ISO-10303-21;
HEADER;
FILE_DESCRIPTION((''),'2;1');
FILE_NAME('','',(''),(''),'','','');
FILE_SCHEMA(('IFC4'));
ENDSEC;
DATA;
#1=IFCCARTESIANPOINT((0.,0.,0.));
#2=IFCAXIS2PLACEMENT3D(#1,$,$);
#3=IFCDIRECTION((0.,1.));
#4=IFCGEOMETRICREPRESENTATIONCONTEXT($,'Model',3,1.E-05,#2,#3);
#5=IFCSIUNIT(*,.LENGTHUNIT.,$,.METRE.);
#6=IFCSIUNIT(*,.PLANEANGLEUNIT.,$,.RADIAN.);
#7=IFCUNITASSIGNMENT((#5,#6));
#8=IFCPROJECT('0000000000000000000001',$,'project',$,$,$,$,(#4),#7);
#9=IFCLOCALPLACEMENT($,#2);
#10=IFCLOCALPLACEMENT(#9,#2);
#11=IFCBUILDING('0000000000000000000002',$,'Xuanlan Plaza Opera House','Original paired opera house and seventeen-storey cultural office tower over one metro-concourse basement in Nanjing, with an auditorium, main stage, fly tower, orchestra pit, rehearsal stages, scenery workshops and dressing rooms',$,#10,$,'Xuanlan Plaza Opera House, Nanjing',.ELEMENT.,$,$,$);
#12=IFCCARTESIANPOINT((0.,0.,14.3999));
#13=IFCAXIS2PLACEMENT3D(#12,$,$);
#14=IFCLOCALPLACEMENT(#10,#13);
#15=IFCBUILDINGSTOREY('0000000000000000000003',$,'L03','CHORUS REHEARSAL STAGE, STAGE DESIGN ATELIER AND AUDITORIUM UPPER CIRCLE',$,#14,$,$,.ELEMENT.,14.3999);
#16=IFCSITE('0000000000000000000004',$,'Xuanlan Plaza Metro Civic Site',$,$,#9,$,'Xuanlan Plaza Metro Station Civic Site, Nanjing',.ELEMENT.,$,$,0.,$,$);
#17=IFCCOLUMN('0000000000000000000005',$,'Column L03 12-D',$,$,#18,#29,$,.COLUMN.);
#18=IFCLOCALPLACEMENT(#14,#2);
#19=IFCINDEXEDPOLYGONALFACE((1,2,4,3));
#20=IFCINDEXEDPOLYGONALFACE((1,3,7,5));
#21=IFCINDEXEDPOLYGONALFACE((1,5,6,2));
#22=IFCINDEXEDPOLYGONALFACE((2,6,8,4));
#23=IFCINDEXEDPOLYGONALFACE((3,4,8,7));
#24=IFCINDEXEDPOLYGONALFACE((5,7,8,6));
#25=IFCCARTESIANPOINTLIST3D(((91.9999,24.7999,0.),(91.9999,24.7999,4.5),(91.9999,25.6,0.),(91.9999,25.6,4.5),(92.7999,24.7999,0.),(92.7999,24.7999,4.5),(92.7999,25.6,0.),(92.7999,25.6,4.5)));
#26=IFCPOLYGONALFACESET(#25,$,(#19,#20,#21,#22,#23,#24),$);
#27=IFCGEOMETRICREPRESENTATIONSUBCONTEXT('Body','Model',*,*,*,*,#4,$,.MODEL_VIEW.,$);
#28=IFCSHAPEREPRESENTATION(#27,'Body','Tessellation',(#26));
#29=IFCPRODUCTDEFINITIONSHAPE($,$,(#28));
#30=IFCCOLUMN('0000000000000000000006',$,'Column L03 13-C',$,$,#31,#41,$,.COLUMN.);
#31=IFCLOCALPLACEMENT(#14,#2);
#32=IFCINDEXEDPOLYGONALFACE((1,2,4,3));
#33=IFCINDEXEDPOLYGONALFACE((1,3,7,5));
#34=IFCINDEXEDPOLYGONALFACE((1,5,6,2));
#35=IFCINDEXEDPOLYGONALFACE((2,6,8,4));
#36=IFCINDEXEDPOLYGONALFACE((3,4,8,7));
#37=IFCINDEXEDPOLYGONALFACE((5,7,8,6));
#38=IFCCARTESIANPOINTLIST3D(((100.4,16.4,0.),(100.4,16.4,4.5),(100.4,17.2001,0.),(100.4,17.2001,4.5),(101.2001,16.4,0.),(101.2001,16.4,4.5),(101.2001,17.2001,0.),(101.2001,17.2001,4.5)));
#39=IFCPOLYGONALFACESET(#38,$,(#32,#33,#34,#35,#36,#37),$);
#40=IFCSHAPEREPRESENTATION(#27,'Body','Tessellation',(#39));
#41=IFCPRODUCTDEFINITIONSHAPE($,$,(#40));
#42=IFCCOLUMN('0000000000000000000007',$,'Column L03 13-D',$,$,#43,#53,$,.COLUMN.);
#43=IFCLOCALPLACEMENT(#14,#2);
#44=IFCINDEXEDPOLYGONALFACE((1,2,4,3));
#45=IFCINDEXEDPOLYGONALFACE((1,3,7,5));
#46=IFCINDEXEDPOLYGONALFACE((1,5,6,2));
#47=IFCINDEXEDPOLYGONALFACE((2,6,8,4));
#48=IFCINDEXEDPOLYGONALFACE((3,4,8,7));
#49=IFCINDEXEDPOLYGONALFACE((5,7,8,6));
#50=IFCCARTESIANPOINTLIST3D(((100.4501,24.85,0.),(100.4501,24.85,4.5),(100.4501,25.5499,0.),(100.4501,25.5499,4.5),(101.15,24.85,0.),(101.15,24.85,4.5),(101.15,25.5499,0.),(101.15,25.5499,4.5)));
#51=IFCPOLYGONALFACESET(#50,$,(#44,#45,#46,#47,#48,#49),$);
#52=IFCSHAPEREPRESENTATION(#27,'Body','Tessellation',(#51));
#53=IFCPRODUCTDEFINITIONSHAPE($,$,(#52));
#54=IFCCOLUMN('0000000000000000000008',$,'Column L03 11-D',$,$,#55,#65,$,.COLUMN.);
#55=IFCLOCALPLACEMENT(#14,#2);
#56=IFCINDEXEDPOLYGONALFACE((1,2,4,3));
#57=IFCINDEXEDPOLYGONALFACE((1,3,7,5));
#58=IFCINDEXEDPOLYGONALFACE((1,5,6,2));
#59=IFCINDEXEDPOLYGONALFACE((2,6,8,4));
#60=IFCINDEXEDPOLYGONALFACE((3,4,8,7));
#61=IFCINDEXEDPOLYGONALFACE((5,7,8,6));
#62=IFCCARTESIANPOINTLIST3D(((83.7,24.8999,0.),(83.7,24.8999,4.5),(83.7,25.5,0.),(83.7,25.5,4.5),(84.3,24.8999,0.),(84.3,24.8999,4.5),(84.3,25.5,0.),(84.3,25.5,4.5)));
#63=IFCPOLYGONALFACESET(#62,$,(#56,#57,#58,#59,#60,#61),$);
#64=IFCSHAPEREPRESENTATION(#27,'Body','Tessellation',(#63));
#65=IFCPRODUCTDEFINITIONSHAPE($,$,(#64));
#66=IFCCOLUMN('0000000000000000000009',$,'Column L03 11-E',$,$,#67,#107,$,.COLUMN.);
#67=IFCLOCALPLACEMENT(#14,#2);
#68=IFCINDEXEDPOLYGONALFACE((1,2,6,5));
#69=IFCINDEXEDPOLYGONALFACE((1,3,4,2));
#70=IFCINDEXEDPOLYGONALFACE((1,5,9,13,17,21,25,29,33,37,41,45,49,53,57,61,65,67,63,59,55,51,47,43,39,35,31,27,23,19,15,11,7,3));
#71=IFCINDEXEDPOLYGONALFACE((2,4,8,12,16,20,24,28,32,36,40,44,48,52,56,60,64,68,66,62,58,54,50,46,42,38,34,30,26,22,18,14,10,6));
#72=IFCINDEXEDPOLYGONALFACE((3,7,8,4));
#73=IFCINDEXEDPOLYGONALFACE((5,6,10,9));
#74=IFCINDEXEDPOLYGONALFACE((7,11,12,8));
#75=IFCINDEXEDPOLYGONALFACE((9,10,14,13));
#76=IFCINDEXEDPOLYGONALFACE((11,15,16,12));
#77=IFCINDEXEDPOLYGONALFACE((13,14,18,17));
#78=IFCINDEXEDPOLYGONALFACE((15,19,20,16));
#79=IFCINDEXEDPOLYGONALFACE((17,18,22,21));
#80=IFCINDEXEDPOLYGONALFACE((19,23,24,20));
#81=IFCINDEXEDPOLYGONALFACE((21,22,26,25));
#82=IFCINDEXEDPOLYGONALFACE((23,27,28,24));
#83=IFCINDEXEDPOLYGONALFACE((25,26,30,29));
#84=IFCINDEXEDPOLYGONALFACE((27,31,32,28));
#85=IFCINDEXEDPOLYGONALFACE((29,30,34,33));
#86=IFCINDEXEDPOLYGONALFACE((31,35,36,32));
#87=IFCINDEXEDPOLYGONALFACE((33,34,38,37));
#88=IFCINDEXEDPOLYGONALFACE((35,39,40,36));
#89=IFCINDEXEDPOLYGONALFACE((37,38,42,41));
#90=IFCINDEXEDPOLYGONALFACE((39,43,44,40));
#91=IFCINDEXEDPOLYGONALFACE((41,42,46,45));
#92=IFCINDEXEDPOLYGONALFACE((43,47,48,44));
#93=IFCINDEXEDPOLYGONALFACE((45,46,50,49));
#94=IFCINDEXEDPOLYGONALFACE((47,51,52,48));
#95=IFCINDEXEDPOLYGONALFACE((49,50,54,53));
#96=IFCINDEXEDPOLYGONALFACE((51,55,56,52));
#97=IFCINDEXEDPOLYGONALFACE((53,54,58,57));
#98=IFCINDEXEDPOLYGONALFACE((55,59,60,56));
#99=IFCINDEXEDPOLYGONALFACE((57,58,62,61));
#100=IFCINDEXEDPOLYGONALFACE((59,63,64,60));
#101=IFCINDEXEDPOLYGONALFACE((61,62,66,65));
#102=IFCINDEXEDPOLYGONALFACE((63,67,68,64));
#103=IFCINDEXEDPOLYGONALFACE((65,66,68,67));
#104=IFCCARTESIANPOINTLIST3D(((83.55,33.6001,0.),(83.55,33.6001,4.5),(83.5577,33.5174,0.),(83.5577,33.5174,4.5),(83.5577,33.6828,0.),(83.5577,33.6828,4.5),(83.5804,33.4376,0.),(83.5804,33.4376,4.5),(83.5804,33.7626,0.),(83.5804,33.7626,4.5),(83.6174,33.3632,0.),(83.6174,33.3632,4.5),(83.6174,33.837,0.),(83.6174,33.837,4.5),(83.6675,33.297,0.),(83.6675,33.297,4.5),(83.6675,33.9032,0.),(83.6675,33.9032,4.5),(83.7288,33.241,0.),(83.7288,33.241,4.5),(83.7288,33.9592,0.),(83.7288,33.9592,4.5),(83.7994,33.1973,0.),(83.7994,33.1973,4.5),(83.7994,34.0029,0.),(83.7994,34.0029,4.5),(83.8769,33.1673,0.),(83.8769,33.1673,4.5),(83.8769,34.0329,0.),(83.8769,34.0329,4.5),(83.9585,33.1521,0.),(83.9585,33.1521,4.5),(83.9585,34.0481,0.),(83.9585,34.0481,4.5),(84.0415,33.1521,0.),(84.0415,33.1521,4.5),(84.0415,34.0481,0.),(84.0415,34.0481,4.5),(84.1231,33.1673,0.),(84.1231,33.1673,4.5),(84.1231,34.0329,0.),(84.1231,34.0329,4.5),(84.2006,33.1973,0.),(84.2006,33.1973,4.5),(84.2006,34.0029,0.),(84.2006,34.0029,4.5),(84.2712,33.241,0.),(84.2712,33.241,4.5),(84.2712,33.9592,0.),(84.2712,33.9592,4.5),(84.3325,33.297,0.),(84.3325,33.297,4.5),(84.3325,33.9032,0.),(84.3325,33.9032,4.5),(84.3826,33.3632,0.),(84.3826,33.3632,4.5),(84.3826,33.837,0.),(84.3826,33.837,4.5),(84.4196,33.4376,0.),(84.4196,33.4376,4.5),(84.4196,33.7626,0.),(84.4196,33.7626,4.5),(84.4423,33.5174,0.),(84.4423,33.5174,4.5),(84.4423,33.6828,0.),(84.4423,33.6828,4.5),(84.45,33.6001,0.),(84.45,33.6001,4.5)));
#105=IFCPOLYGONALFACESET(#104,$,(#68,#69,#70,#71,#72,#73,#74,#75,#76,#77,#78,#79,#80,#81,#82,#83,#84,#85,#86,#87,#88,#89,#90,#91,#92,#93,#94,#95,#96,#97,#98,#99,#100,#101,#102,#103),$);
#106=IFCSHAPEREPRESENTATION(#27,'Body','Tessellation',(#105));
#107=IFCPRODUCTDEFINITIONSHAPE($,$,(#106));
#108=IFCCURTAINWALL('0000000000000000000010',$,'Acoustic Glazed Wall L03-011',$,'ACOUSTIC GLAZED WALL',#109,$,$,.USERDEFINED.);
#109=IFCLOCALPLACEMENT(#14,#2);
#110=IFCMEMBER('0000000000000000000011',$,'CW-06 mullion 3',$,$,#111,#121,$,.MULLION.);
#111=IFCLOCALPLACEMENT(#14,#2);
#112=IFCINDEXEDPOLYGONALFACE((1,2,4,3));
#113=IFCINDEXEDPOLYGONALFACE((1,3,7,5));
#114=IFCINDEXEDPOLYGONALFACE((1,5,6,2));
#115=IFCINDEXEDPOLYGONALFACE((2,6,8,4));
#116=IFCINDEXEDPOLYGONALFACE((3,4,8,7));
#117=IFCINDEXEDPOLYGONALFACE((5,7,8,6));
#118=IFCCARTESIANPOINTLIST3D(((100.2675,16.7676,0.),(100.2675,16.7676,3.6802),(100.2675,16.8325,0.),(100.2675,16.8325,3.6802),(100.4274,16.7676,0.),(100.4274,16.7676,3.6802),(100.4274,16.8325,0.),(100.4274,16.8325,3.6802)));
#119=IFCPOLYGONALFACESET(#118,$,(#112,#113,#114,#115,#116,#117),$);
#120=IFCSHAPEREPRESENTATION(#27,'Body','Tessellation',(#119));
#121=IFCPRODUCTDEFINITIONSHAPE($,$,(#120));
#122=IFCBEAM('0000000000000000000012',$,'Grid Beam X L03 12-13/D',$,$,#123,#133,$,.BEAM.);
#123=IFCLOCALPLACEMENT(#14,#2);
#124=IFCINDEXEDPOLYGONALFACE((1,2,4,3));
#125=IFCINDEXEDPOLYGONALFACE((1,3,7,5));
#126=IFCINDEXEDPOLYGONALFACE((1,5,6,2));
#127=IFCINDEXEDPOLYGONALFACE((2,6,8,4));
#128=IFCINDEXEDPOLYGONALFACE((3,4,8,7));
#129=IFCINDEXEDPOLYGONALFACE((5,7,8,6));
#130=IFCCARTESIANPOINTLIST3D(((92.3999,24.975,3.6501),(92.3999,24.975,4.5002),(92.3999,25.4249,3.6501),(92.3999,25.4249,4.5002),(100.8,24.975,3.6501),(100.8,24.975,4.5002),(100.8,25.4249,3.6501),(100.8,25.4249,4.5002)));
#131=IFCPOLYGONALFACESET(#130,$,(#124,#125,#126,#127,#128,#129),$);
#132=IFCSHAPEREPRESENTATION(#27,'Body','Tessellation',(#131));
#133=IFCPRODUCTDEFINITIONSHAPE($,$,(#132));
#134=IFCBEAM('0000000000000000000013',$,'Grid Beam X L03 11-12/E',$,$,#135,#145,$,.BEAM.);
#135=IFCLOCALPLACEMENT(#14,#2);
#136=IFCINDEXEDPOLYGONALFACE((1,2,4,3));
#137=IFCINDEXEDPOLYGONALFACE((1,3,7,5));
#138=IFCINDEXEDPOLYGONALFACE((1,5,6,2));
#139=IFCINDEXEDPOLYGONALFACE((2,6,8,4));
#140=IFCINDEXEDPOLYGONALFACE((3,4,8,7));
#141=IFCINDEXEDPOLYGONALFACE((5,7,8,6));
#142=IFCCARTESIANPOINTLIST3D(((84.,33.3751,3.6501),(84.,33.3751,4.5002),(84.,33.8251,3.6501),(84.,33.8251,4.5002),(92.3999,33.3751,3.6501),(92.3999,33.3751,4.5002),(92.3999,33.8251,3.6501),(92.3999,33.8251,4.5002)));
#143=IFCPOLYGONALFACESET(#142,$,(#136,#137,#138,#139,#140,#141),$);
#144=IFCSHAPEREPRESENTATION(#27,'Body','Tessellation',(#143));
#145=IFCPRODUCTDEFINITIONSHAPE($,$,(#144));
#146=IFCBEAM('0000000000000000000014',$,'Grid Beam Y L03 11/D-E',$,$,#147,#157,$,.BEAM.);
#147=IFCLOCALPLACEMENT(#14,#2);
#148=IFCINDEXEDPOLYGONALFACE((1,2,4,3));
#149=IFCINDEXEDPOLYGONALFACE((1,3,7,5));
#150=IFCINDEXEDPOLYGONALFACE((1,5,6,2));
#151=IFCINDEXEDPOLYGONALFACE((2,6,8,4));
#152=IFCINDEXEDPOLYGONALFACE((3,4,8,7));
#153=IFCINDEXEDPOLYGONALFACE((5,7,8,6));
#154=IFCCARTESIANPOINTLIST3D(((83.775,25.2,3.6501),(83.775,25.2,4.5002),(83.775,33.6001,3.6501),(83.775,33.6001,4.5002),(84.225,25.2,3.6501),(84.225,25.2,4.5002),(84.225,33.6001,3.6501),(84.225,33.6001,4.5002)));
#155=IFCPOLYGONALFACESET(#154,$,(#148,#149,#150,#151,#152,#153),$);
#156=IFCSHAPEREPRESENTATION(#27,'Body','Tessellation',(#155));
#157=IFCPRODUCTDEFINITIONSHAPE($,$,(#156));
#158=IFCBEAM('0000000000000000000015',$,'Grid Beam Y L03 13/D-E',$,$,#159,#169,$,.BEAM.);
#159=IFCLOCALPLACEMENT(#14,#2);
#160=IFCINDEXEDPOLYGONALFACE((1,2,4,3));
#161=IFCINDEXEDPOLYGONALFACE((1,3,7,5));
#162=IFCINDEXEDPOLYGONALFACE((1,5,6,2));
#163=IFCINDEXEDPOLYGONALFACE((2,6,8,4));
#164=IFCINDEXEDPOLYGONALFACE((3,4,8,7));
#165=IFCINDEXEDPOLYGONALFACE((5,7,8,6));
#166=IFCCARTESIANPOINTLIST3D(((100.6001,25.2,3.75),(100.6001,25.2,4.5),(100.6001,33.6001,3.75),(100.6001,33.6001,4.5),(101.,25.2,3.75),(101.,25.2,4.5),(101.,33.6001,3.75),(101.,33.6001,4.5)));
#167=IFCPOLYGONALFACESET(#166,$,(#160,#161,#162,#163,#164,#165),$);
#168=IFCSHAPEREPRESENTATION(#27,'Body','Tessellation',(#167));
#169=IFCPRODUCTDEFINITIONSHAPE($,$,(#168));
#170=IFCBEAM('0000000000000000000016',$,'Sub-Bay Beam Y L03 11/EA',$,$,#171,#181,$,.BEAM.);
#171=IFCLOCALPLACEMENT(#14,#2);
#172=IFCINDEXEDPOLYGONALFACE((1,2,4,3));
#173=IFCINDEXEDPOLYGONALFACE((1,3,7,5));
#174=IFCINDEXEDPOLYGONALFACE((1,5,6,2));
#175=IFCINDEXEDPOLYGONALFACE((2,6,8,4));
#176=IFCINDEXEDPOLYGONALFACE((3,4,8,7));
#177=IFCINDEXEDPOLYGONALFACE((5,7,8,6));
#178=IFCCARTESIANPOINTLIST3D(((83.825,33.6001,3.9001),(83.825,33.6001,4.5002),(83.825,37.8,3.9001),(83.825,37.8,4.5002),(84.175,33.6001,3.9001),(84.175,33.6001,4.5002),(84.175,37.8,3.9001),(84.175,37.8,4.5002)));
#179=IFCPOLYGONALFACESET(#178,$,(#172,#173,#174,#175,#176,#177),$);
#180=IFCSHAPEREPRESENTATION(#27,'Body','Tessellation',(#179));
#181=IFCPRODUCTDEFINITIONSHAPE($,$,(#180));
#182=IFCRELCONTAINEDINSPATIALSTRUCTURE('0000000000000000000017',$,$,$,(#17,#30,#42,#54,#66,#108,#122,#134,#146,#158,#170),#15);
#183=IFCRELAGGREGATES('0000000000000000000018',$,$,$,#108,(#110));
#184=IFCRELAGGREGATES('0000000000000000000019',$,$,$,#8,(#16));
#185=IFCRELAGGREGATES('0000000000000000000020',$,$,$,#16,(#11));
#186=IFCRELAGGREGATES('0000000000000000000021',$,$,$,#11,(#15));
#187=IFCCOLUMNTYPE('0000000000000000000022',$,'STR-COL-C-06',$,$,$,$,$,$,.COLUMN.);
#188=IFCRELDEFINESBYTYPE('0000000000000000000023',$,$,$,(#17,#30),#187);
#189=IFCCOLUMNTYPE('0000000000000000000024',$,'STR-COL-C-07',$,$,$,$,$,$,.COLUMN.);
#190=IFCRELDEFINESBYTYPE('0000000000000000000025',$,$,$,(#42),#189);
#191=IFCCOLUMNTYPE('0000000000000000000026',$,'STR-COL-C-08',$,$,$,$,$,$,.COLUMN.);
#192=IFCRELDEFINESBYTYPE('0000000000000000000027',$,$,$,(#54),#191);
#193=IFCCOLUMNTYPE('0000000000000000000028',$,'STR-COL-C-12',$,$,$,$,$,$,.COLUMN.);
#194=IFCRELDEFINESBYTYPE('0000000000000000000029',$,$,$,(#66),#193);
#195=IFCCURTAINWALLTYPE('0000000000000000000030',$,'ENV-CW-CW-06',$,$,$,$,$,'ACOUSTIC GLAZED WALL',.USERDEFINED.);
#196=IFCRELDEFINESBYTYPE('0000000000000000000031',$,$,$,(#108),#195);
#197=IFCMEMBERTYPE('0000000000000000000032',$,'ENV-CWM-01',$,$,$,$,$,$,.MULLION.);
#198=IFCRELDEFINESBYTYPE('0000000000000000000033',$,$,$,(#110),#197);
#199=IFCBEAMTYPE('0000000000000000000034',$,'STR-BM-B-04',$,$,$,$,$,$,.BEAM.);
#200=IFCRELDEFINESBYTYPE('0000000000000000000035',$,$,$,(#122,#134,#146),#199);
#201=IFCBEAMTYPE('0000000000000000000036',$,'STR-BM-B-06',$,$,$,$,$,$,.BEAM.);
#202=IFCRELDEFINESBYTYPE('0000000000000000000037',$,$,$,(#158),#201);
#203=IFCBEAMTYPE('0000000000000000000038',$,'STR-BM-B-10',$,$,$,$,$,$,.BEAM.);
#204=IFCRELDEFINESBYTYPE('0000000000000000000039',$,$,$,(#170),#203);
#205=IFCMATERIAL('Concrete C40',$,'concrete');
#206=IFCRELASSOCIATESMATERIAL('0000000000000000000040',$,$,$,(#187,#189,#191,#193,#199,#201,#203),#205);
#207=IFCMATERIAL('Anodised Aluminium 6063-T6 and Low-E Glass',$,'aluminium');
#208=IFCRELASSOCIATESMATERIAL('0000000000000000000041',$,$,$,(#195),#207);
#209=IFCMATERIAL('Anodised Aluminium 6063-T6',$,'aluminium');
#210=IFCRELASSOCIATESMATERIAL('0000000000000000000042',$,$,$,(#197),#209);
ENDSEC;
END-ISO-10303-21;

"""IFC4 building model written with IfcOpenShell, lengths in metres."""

from ifc_helpers import new_model, si_unit, direction, frame, origin, origin_2d, place, context, subcontext, project, spatial, rectangle, circle, extrude, material, material_profile, profile_set, type_object, element, aggregate, save


model = new_model("IFC4")

# Units and contexts
model_context = context("Model", 3, precision=1e-05, world=origin(), true_north=direction((0.0, 1.0)))
body_context = subcontext(model_context, "Body", "Model", "MODEL_VIEW")
ifc_project = project(units=[si_unit("LENGTHUNIT", "METRE"), si_unit("PLANEANGLEUNIT", "RADIAN")], contexts=[model_context])

# Site, building, storey
site_placement = place(None, origin())
site = spatial("IfcSite", under=ifc_project, at=site_placement, Name="Xuanlan Plaza Metro Civic Site", LongName="Xuanlan Plaza Metro Station Civic Site, Nanjing", CompositionType="ELEMENT", RefElevation=0.0)
building_placement = place(site_placement, origin())
building = spatial("IfcBuilding", under=site, at=building_placement, Name="Xuanlan Plaza Opera House", Description="Original paired opera house and seventeen-storey cultural office tower over one metro-concourse basement in Nanjing, with an auditorium, main stage, fly tower, orchestra pit, rehearsal stages, scenery workshops and dressing rooms", LongName="Xuanlan Plaza Opera House, Nanjing", CompositionType="ELEMENT")
storey_placement = place(building_placement, frame((0.0, 0.0, 14.3999)))
storey = spatial("IfcBuildingStorey", under=building, at=storey_placement, Name="L03", Description="CHORUS REHEARSAL STAGE, STAGE DESIGN ATELIER AND AUDITORIUM UPPER CIRCLE", CompositionType="ELEMENT", Elevation=14.3999)

# Columns
ifc_material_1 = material(Name="Concrete C40", Category="concrete")
ifc_material_profile_1 = material_profile(ifc_material_1, rectangle(XDim=0.8, YDim=0.8, at=origin_2d()), Name="RC-COL 800x800")
ifc_profile_set_1 = profile_set([ifc_material_profile_1], Name="Concrete C40")
column_type_1 = type_object("IfcColumnType", Name="STR-COL-C-06", PredefinedType="COLUMN", material=ifc_profile_set_1)
for number, where, z_axis, x_axis, name in (
    (1, (92.3999, 25.2, 0.0), (0.0, 0.0, 1.0), (1.0, 0.0, 0.0), "Column L03 12-D"),
    (2, (100.8, 16.8, 0.0), (0.0, 0.0, 1.0), (1.0, 0.0, 0.0), "Column L03 13-C"),
):
    element("IfcColumn", number, at=place(storey_placement, frame(where, z_axis=z_axis, x_axis=x_axis)), inside=storey, type_object=column_type_1, Name=name, PredefinedType="COLUMN", context=body_context, shape_type="SweptSolid", body=[
        extrude(rectangle(XDim=0.8, YDim=0.8, at=origin_2d()), origin(), (0.0, 0.0, 1.0), 4.5),
    ])
ifc_material_profile_2 = material_profile(ifc_material_1, rectangle(XDim=0.7, YDim=0.7, at=origin_2d()), Name="RC-COL 700x700")
ifc_profile_set_2 = profile_set([ifc_material_profile_2], Name="Concrete C40")
column_type_2 = type_object("IfcColumnType", Name="STR-COL-C-07", PredefinedType="COLUMN", material=ifc_profile_set_2)
column_1_placement = place(storey_placement, frame((100.8, 25.2, 0.0), z_axis=(0.0, 0.0, 1.0), x_axis=(1.0, 0.0, 0.0)))
element("IfcColumn", 3, at=column_1_placement, inside=storey, type_object=column_type_2, Name="Column L03 13-D", PredefinedType="COLUMN", context=body_context, shape_type="SweptSolid", body=[
    extrude(rectangle(XDim=0.7, YDim=0.7, at=origin_2d()), origin(), (0.0, 0.0, 1.0), 4.5),
])
ifc_material_profile_3 = material_profile(ifc_material_1, rectangle(XDim=0.6001, YDim=0.6001, at=origin_2d()), Name="RC-COL 600x600")
ifc_profile_set_3 = profile_set([ifc_material_profile_3], Name="Concrete C40")
column_type_3 = type_object("IfcColumnType", Name="STR-COL-C-08", PredefinedType="COLUMN", material=ifc_profile_set_3)
column_2_placement = place(storey_placement, frame((84.0, 25.2, 0.0), z_axis=(0.0, 0.0, 1.0), x_axis=(1.0, 0.0, 0.0)))
element("IfcColumn", 4, at=column_2_placement, inside=storey, type_object=column_type_3, Name="Column L03 11-D", PredefinedType="COLUMN", context=body_context, shape_type="SweptSolid", body=[
    extrude(rectangle(XDim=0.6001, YDim=0.6001, at=origin_2d()), origin(), (0.0, 0.0, 1.0), 4.5),
])
ifc_material_profile_4 = material_profile(ifc_material_1, circle(Radius=0.45, at=origin_2d()), Name="RC-COL D900")
ifc_profile_set_4 = profile_set([ifc_material_profile_4], Name="Concrete C40")
column_type_4 = type_object("IfcColumnType", Name="STR-COL-C-12", PredefinedType="COLUMN", material=ifc_profile_set_4)
column_3_placement = place(storey_placement, frame((84.0, 33.6001, 0.0), z_axis=(0.0, 0.0, 1.0), x_axis=(1.0, 0.0, 0.0)))
element("IfcColumn", 5, at=column_3_placement, inside=storey, type_object=column_type_4, Name="Column L03 11-E", PredefinedType="COLUMN", context=body_context, shape_type="SweptSolid", body=[
    extrude(circle(Radius=0.45, at=origin_2d()), origin(), (0.0, 0.0, 1.0), 4.5),
])

# Curtain wall, member
ifc_material_2 = material(Name="Anodised Aluminium 6063-T6 and Low-E Glass", Category="aluminium")
curtain_wall_type = type_object("IfcCurtainWallType", Name="ENV-CW-CW-06", ElementType="ACOUSTIC GLAZED WALL", PredefinedType="USERDEFINED", material=ifc_material_2)
curtain_wall_placement = place(storey_placement, origin())
curtain_wall = element("IfcCurtainWall", 6, at=curtain_wall_placement, inside=storey, type_object=curtain_wall_type, Name="Acoustic Glazed Wall L03-011", ObjectType="ACOUSTIC GLAZED WALL", PredefinedType="USERDEFINED")
ifc_material_3 = material(Name="Anodised Aluminium 6063-T6", Category="aluminium")
ifc_material_profile_5 = material_profile(ifc_material_3, rectangle(XDim=0.0649, YDim=0.1599, at=origin_2d()), Name="ALU-M 65x160")
ifc_profile_set_5 = profile_set([ifc_material_profile_5], Name="Anodised Aluminium 6063-T6")
member_type = type_object("IfcMemberType", Name="ENV-CWM-01", PredefinedType="MULLION", material=ifc_profile_set_5)
member_placement = place(storey_placement, frame((100.3474, 16.8, 0.0), z_axis=(0.0, 0.0, 1.0), x_axis=(0.0, 1.0, 0.0)))
member = element("IfcMember", 7, at=member_placement, type_object=member_type, Name="CW-06 mullion 3", PredefinedType="MULLION", context=body_context, shape_type="SweptSolid", body=[
    extrude(rectangle(XDim=0.0649, YDim=0.1599, at=origin_2d()), origin(), (0.0, 0.0, 1.0), 3.6802),
])

# Beams
ifc_material_profile_6 = material_profile(ifc_material_1, rectangle(XDim=0.45, YDim=0.8501, at=origin_2d()), Name="RC-BM 450x850")
ifc_profile_set_6 = profile_set([ifc_material_profile_6], Name="Concrete C40")
beam_type_1 = type_object("IfcBeamType", Name="STR-BM-B-04", PredefinedType="BEAM", material=ifc_profile_set_6)
beam_1_placement = place(storey_placement, frame((92.3999, 25.2, 4.0752), z_axis=(1.0, 0.0, 0.0), x_axis=(0.0, 1.0, 0.0)))
element("IfcBeam", 8, at=beam_1_placement, inside=storey, type_object=beam_type_1, Name="Grid Beam X L03 12-13/D", PredefinedType="BEAM", context=body_context, shape_type="SweptSolid", body=[
    extrude(rectangle(XDim=0.45, YDim=0.8501, at=origin_2d()), origin(), (0.0, 0.0, 1.0), 8.4001),
])
beam_2_placement = place(storey_placement, frame((84.0, 33.6001, 4.0752), z_axis=(1.0, 0.0, 0.0), x_axis=(0.0, 1.0, 0.0)))
element("IfcBeam", 9, at=beam_2_placement, inside=storey, type_object=beam_type_1, Name="Grid Beam X L03 11-12/E", PredefinedType="BEAM", context=body_context, shape_type="SweptSolid", body=[
    extrude(rectangle(XDim=0.45, YDim=0.8501, at=origin_2d()), origin(), (0.0, 0.0, 1.0), 8.3999),
])
beam_3_placement = place(storey_placement, frame((84.0, 25.2, 4.0752), z_axis=(0.0, 1.0, 0.0), x_axis=(-1.0, 0.0, 0.0)))
element("IfcBeam", 10, at=beam_3_placement, inside=storey, type_object=beam_type_1, Name="Grid Beam Y L03 11/D-E", PredefinedType="BEAM", context=body_context, shape_type="SweptSolid", body=[
    extrude(rectangle(XDim=0.45, YDim=0.8501, at=origin_2d()), origin(), (0.0, 0.0, 1.0), 8.4001),
])
ifc_material_profile_7 = material_profile(ifc_material_1, rectangle(XDim=0.3999, YDim=0.75, at=origin_2d()), Name="RC-BM 400x750")
ifc_profile_set_7 = profile_set([ifc_material_profile_7], Name="Concrete C40")
beam_type_2 = type_object("IfcBeamType", Name="STR-BM-B-06", PredefinedType="BEAM", material=ifc_profile_set_7)
beam_4_placement = place(storey_placement, frame((100.8, 25.2, 4.125), z_axis=(0.0, 1.0, 0.0), x_axis=(-1.0, 0.0, 0.0)))
element("IfcBeam", 11, at=beam_4_placement, inside=storey, type_object=beam_type_2, Name="Grid Beam Y L03 13/D-E", PredefinedType="BEAM", context=body_context, shape_type="SweptSolid", body=[
    extrude(rectangle(XDim=0.3999, YDim=0.75, at=origin_2d()), origin(), (0.0, 0.0, 1.0), 8.4001),
])
ifc_material_profile_8 = material_profile(ifc_material_1, rectangle(XDim=0.3501, YDim=0.6001, at=origin_2d()), Name="RC-BM 350x600")
ifc_profile_set_8 = profile_set([ifc_material_profile_8], Name="Concrete C40")
beam_type_3 = type_object("IfcBeamType", Name="STR-BM-B-10", PredefinedType="BEAM", material=ifc_profile_set_8)
beam_5_placement = place(storey_placement, frame((84.0, 33.6001, 4.2002), z_axis=(0.0, 1.0, 0.0), x_axis=(-1.0, 0.0, 0.0)))
element("IfcBeam", 12, at=beam_5_placement, inside=storey, type_object=beam_type_3, Name="Sub-Bay Beam Y L03 11/EA", PredefinedType="BEAM", context=body_context, shape_type="SweptSolid", body=[
    extrude(rectangle(XDim=0.3501, YDim=0.6001, at=origin_2d()), origin(), (0.0, 0.0, 1.0), 4.2),
])

aggregate(curtain_wall, [member])

save(model, "model.ifc")
